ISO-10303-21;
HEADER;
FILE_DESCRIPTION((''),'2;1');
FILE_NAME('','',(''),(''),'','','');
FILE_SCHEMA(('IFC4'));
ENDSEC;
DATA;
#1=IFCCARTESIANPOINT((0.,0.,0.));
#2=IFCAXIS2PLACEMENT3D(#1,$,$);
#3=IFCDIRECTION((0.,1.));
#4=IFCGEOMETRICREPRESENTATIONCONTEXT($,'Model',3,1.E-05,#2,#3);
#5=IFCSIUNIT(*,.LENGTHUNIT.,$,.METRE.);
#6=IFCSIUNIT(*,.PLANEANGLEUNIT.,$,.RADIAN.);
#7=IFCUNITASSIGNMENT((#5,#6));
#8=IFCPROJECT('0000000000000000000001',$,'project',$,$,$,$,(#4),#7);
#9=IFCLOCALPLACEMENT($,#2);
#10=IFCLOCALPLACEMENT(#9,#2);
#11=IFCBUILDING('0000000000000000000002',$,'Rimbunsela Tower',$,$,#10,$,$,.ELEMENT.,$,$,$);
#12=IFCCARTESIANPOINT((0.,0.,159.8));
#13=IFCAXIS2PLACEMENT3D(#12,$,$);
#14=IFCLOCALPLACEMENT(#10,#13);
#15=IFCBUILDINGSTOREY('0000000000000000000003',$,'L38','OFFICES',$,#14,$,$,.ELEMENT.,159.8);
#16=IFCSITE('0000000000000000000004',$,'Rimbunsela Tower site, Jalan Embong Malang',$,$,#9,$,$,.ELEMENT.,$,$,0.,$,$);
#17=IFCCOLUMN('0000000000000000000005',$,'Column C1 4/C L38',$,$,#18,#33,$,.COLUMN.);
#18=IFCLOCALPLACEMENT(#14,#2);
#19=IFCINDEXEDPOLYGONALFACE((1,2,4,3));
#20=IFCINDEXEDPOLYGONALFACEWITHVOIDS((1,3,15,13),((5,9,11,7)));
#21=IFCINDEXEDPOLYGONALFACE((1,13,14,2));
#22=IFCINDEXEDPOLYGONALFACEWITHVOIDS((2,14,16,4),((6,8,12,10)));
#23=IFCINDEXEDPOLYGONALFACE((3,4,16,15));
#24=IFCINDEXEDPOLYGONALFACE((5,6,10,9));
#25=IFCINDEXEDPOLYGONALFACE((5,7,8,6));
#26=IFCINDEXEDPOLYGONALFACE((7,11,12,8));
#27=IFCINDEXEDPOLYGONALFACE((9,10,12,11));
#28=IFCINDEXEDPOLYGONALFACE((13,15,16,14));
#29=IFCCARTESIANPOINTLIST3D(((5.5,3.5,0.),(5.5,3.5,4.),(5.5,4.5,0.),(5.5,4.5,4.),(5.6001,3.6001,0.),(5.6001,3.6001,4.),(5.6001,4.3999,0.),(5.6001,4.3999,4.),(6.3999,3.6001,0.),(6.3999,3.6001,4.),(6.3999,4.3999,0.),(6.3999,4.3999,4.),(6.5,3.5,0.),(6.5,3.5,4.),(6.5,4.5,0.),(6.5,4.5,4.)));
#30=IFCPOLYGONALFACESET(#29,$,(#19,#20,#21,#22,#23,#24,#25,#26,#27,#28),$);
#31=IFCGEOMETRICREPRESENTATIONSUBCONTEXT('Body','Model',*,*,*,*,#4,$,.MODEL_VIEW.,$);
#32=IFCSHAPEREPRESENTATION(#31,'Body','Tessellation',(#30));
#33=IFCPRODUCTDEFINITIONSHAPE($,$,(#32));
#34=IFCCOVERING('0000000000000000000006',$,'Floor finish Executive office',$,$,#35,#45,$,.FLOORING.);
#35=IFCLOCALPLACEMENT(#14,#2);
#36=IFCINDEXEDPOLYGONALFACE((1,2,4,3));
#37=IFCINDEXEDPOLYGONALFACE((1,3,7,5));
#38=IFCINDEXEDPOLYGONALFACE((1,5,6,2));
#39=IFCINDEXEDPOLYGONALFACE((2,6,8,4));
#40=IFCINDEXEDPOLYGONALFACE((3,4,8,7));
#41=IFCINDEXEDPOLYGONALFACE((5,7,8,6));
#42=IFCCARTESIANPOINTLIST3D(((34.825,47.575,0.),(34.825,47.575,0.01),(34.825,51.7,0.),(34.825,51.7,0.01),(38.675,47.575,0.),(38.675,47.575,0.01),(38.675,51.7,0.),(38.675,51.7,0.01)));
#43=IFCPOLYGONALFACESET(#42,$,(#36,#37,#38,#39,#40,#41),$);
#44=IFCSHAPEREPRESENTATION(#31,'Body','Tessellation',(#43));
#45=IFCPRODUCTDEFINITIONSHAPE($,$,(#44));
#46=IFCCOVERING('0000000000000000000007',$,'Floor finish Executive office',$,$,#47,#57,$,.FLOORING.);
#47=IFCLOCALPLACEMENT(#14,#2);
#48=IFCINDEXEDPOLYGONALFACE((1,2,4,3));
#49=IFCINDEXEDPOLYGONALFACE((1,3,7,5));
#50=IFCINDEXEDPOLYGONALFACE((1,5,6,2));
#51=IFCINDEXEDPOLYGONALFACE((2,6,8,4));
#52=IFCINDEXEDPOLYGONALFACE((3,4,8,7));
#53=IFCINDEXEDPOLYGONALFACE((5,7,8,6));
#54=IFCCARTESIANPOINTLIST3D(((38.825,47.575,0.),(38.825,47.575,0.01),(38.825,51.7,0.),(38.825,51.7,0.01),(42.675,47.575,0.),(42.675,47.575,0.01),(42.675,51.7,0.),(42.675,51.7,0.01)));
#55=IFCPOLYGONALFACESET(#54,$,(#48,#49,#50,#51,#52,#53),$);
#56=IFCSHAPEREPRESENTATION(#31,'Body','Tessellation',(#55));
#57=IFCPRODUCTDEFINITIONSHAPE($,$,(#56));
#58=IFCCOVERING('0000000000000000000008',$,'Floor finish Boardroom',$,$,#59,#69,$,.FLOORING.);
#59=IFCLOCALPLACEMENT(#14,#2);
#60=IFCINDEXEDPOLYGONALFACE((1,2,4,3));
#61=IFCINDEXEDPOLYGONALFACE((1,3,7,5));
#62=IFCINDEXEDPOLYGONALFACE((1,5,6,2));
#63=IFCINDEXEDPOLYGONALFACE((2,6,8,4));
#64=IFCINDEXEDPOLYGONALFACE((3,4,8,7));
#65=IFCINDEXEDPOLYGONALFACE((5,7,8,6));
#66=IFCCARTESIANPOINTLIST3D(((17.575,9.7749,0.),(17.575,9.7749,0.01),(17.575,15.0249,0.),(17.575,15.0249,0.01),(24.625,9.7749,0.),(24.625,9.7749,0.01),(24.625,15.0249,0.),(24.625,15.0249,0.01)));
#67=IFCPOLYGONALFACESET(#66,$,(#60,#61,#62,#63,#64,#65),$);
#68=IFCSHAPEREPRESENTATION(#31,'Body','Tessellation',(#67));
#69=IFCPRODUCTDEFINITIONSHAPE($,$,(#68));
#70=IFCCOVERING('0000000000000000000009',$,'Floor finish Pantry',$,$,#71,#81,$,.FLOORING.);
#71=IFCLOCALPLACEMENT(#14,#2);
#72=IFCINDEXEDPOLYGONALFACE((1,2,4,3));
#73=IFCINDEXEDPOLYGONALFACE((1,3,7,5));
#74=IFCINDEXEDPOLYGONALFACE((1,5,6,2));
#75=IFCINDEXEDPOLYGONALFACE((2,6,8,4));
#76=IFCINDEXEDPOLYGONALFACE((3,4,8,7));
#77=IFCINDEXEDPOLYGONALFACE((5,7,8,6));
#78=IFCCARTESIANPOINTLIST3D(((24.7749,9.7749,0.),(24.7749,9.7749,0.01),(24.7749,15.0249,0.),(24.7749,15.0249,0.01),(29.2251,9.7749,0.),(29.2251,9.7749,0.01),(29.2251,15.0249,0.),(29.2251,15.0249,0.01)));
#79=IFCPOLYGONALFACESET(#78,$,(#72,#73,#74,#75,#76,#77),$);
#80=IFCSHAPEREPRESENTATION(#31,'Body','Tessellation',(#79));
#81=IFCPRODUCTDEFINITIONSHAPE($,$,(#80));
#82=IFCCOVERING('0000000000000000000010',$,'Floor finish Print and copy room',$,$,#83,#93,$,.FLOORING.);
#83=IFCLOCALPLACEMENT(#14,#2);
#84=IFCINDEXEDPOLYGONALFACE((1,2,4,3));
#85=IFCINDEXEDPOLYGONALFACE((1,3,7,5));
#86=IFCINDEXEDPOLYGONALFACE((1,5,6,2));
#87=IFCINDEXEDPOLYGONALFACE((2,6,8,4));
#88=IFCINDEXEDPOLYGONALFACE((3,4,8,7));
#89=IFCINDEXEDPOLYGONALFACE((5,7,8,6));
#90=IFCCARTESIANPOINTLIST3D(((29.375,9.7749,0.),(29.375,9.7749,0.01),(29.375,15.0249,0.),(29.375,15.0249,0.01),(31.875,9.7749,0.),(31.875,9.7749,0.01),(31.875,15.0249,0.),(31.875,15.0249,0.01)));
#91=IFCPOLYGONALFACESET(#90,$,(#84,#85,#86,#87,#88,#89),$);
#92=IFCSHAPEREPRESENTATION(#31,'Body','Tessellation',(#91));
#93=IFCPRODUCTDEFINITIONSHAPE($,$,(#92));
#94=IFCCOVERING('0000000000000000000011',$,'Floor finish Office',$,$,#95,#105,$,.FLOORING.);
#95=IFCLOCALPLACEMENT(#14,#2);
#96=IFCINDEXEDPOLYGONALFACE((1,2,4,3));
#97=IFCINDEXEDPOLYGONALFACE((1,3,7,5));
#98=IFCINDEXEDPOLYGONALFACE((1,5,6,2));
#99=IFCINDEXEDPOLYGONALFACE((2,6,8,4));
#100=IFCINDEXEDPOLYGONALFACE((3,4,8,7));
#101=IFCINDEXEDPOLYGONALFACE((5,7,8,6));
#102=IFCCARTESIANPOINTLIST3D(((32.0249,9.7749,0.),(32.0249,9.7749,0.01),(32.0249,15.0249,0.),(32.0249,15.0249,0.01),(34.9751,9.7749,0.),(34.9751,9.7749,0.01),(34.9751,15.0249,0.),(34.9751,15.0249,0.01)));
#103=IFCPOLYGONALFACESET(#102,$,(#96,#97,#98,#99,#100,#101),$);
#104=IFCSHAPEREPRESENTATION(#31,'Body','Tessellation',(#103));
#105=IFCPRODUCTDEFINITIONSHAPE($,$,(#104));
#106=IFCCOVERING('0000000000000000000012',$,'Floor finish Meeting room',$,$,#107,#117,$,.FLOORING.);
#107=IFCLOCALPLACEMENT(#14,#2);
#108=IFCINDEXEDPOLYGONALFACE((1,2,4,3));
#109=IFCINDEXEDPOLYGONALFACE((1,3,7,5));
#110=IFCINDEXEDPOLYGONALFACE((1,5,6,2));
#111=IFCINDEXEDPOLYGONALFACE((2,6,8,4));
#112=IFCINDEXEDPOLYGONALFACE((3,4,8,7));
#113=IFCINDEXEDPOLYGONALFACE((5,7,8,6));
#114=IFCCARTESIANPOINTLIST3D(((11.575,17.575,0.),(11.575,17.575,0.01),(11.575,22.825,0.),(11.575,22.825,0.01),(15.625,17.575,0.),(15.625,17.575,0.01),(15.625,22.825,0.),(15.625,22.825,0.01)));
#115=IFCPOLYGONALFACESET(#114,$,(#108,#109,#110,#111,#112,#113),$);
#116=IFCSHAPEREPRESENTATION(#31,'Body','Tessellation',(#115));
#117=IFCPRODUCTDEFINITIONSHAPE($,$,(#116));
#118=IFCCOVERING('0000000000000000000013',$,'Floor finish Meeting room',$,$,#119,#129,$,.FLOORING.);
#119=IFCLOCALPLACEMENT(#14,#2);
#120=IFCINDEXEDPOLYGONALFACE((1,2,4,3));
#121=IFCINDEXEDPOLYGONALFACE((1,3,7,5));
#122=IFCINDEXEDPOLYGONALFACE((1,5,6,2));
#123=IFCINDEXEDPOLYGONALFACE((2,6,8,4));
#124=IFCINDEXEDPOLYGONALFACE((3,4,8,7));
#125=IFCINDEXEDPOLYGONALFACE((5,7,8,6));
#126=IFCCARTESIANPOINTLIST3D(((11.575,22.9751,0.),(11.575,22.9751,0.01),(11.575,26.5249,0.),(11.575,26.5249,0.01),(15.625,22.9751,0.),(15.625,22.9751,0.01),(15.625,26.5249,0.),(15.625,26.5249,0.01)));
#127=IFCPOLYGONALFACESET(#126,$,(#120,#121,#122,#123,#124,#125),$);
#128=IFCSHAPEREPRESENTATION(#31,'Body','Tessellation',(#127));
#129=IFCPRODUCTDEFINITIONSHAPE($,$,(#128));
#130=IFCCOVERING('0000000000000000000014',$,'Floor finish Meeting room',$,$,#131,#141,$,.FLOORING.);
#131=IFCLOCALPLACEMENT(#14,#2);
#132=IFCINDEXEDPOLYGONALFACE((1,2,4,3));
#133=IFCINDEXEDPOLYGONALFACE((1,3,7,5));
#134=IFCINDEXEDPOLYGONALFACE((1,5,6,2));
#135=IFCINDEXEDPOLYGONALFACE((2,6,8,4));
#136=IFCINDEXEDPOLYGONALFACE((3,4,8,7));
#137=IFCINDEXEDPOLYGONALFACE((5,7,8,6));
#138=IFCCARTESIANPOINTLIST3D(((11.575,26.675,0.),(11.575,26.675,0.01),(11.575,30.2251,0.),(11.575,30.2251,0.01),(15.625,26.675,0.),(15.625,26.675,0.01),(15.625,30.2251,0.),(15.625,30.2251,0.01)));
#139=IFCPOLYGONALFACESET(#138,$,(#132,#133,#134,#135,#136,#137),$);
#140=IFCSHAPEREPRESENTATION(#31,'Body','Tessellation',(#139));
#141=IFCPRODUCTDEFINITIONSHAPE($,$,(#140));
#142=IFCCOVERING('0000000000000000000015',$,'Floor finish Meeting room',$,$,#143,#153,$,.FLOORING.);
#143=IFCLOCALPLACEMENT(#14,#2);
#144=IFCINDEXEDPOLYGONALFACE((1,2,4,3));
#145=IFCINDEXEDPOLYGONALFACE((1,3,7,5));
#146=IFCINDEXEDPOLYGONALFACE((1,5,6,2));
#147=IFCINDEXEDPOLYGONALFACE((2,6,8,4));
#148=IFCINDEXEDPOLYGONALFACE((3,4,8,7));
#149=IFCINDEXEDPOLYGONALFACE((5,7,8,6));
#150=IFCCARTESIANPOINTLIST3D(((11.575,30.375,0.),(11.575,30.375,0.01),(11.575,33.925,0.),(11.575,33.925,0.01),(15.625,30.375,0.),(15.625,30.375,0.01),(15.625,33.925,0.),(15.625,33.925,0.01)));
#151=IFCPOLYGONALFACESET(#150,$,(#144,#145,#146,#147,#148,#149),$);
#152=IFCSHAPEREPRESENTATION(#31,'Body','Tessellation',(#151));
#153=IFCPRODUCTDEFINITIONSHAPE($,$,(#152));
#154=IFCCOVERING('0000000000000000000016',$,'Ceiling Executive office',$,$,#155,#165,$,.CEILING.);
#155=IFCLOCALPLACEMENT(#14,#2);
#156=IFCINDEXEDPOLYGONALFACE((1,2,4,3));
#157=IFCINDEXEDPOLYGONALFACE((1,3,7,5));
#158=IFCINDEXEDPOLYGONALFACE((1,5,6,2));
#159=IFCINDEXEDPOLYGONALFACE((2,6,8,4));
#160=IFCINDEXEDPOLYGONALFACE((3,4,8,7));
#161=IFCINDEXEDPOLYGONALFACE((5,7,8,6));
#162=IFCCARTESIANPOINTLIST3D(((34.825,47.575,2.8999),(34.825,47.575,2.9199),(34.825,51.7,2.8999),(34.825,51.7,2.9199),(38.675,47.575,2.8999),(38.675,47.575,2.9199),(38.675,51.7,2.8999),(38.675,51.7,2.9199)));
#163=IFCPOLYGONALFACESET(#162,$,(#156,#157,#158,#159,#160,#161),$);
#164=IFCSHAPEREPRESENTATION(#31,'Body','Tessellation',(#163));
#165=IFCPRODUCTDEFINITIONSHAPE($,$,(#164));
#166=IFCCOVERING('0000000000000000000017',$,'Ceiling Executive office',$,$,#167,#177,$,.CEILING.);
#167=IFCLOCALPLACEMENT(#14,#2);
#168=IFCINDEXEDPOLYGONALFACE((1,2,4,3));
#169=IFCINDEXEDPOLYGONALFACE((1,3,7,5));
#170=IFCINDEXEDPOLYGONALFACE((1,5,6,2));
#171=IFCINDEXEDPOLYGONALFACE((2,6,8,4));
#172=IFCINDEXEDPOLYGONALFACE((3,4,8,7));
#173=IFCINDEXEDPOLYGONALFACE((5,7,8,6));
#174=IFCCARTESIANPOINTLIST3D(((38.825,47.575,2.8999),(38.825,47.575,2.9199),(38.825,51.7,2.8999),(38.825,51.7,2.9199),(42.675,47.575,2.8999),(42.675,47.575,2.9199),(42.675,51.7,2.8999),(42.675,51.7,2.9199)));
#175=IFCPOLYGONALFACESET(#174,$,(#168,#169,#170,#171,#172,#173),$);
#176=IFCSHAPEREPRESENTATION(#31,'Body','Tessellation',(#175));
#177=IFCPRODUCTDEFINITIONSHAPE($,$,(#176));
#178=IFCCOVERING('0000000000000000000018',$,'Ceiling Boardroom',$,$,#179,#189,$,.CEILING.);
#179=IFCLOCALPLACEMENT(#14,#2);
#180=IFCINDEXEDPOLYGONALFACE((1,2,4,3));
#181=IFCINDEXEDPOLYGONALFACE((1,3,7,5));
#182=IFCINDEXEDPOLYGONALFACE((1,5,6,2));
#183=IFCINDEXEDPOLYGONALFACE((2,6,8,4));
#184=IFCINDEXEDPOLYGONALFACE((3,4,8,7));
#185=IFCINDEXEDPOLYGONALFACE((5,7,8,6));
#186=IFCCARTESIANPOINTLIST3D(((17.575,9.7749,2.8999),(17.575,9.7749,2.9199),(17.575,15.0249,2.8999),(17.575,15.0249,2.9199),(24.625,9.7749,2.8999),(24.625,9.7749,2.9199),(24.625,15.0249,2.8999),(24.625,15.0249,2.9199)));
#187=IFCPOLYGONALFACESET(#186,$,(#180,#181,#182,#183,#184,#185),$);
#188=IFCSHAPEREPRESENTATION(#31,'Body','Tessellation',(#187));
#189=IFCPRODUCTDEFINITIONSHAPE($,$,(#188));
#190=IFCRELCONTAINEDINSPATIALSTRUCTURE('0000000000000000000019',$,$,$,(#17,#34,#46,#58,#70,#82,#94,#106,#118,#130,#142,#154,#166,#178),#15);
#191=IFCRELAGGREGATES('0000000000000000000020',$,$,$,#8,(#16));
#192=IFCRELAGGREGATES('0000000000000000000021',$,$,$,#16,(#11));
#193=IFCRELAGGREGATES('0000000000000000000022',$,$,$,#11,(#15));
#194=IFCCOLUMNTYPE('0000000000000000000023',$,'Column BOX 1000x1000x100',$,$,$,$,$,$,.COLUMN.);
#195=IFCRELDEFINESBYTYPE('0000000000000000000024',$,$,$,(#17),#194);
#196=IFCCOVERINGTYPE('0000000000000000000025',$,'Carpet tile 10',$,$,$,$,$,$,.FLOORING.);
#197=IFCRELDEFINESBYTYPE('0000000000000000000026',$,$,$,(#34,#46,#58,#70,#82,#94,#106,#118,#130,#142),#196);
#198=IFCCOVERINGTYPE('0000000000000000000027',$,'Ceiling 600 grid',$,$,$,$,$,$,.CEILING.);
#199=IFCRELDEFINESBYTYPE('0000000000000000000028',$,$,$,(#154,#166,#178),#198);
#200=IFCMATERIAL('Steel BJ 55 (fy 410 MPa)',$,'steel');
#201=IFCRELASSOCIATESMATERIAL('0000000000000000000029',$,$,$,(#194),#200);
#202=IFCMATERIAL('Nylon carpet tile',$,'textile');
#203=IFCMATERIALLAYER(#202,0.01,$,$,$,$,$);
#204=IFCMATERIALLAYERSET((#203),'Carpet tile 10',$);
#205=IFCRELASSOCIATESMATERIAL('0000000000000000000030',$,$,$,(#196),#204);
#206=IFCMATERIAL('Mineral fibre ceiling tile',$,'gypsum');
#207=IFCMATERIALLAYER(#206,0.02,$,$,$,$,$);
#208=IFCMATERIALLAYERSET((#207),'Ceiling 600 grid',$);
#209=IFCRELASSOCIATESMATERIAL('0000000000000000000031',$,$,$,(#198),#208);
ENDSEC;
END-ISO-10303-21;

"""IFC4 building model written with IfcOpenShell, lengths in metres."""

from ifc_helpers import new_model, si_unit, direction, frame, origin, origin_2d, place, context, subcontext, project, spatial, polyline, hollow_rectangle, outline, extrude, material, layer, layer_set, material_profile, profile_set, type_object, element, save


model = new_model("IFC4")

# Units and contexts
model_context = context("Model", 3, precision=1e-05, world=origin(), true_north=direction((0.0, 1.0)))
body_context = subcontext(model_context, "Body", "Model", "MODEL_VIEW")
ifc_project = project(units=[si_unit("LENGTHUNIT", "METRE"), si_unit("PLANEANGLEUNIT", "RADIAN")], contexts=[model_context])

# Site, building, storey
site_placement = place(None, origin())
site = spatial("IfcSite", under=ifc_project, at=site_placement, Name="Rimbunsela Tower site, Jalan Embong Malang", CompositionType="ELEMENT", RefElevation=0.0)
building_placement = place(site_placement, origin())
building = spatial("IfcBuilding", under=site, at=building_placement, Name="Rimbunsela Tower", CompositionType="ELEMENT")
storey_placement = place(building_placement, frame((0.0, 0.0, 159.8)))
storey = spatial("IfcBuildingStorey", under=building, at=storey_placement, Name="L38", Description="OFFICES", CompositionType="ELEMENT", Elevation=159.8)

# Column
ifc_material_1 = material(Name="Steel BJ 55 (fy 410 MPa)", Category="steel")
ifc_material_profile = material_profile(ifc_material_1, hollow_rectangle(XDim=1.0, YDim=1.0, WallThickness=0.1001, at=origin_2d()), Name="BOX 1000x1000x100")
ifc_profile_set = profile_set([ifc_material_profile], Name="Steel BJ 55 (fy 410 MPa)")
column_type = type_object("IfcColumnType", Name="Column BOX 1000x1000x100", PredefinedType="COLUMN", material=ifc_profile_set)
column_placement = place(storey_placement, frame((6.0, 4.0, 0.0), z_axis=(0.0, 0.0, 1.0), x_axis=(1.0, 0.0, 0.0)))
element("IfcColumn", 1, at=column_placement, inside=storey, type_object=column_type, Name="Column C1 4/C L38", PredefinedType="COLUMN", context=body_context, shape_type="SweptSolid", body=[
    extrude(hollow_rectangle(XDim=1.0, YDim=1.0, WallThickness=0.1001, at=origin_2d()), origin(), (0.0, 0.0, 1.0), 4.0),
])

# Coverings
ifc_material_2 = material(Name="Nylon carpet tile", Category="textile")
ifc_layer_1 = layer(ifc_material_2, 0.01)
ifc_layer_set_1 = layer_set([ifc_layer_1], Name="Carpet tile 10")
covering_type_1 = type_object("IfcCoveringType", Name="Carpet tile 10", PredefinedType="FLOORING", material=ifc_layer_set_1)
covering_1_placement = place(storey_placement, origin())
element("IfcCovering", 2, at=covering_1_placement, inside=storey, type_object=covering_type_1, Name="Floor finish Executive office", PredefinedType="FLOORING", context=body_context, shape_type="SweptSolid", body=[
    extrude(outline(polyline([(38.675, 47.575), (38.675, 51.7), (34.825, 51.7), (34.825, 47.575), (38.675, 47.575)])), origin(), (0.0, 0.0, 1.0), 0.01),
])
covering_2_placement = place(storey_placement, origin())
element("IfcCovering", 3, at=covering_2_placement, inside=storey, type_object=covering_type_1, Name="Floor finish Executive office", PredefinedType="FLOORING", context=body_context, shape_type="SweptSolid", body=[
    extrude(outline(polyline([(42.675, 47.575), (42.675, 51.7), (38.825, 51.7), (38.825, 47.575), (42.675, 47.575)])), origin(), (0.0, 0.0, 1.0), 0.01),
])
covering_3_placement = place(storey_placement, origin())
element("IfcCovering", 4, at=covering_3_placement, inside=storey, type_object=covering_type_1, Name="Floor finish Boardroom", PredefinedType="FLOORING", context=body_context, shape_type="SweptSolid", body=[
    extrude(outline(polyline([(24.625, 9.7749), (24.625, 15.0249), (17.575, 15.0249), (17.575, 9.7749), (24.625, 9.7749)])), origin(), (0.0, 0.0, 1.0), 0.01),
])
covering_4_placement = place(storey_placement, origin())
element("IfcCovering", 5, at=covering_4_placement, inside=storey, type_object=covering_type_1, Name="Floor finish Pantry", PredefinedType="FLOORING", context=body_context, shape_type="SweptSolid", body=[
    extrude(outline(polyline([(29.2251, 9.7749), (29.2251, 15.0249), (24.7749, 15.0249), (24.7749, 9.7749), (29.2251, 9.7749)])), origin(), (0.0, 0.0, 1.0), 0.01),
])
covering_5_placement = place(storey_placement, origin())
element("IfcCovering", 6, at=covering_5_placement, inside=storey, type_object=covering_type_1, Name="Floor finish Print and copy room", PredefinedType="FLOORING", context=body_context, shape_type="SweptSolid", body=[
    extrude(outline(polyline([(31.875, 9.7749), (31.875, 15.0249), (29.375, 15.0249), (29.375, 9.7749), (31.875, 9.7749)])), origin(), (0.0, 0.0, 1.0), 0.01),
])
covering_6_placement = place(storey_placement, origin())
element("IfcCovering", 7, at=covering_6_placement, inside=storey, type_object=covering_type_1, Name="Floor finish Office", PredefinedType="FLOORING", context=body_context, shape_type="SweptSolid", body=[
    extrude(outline(polyline([(34.9751, 9.7749), (34.9751, 15.0249), (32.0249, 15.0249), (32.0249, 9.7749), (34.9751, 9.7749)])), origin(), (0.0, 0.0, 1.0), 0.01),
])
covering_7_placement = place(storey_placement, origin())
element("IfcCovering", 8, at=covering_7_placement, inside=storey, type_object=covering_type_1, Name="Floor finish Meeting room", PredefinedType="FLOORING", context=body_context, shape_type="SweptSolid", body=[
    extrude(outline(polyline([(15.625, 17.575), (15.625, 22.825), (11.575, 22.825), (11.575, 17.575), (15.625, 17.575)])), origin(), (0.0, 0.0, 1.0), 0.01),
])
covering_8_placement = place(storey_placement, origin())
element("IfcCovering", 9, at=covering_8_placement, inside=storey, type_object=covering_type_1, Name="Floor finish Meeting room", PredefinedType="FLOORING", context=body_context, shape_type="SweptSolid", body=[
    extrude(outline(polyline([(15.625, 22.9751), (15.625, 26.5249), (11.575, 26.5249), (11.575, 22.9751), (15.625, 22.9751)])), origin(), (0.0, 0.0, 1.0), 0.01),
])
covering_9_placement = place(storey_placement, origin())
element("IfcCovering", 10, at=covering_9_placement, inside=storey, type_object=covering_type_1, Name="Floor finish Meeting room", PredefinedType="FLOORING", context=body_context, shape_type="SweptSolid", body=[
    extrude(outline(polyline([(15.625, 26.675), (15.625, 30.2251), (11.575, 30.2251), (11.575, 26.675), (15.625, 26.675)])), origin(), (0.0, 0.0, 1.0), 0.01),
])
covering_10_placement = place(storey_placement, origin())
element("IfcCovering", 11, at=covering_10_placement, inside=storey, type_object=covering_type_1, Name="Floor finish Meeting room", PredefinedType="FLOORING", context=body_context, shape_type="SweptSolid", body=[
    extrude(outline(polyline([(15.625, 30.375), (15.625, 33.925), (11.575, 33.925), (11.575, 30.375), (15.625, 30.375)])), origin(), (0.0, 0.0, 1.0), 0.01),
])
ifc_material_3 = material(Name="Mineral fibre ceiling tile", Category="gypsum")
ifc_layer_2 = layer(ifc_material_3, 0.02)
ifc_layer_set_2 = layer_set([ifc_layer_2], Name="Ceiling 600 grid")
covering_type_2 = type_object("IfcCoveringType", Name="Ceiling 600 grid", PredefinedType="CEILING", material=ifc_layer_set_2)
covering_11_placement = place(storey_placement, frame((0.0, 0.0, 2.8999)))
element("IfcCovering", 12, at=covering_11_placement, inside=storey, type_object=covering_type_2, Name="Ceiling Executive office", PredefinedType="CEILING", context=body_context, shape_type="SweptSolid", body=[
    extrude(outline(polyline([(38.675, 47.575), (38.675, 51.7), (34.825, 51.7), (34.825, 47.575), (38.675, 47.575)])), origin(), (0.0, 0.0, 1.0), 0.02),
])
covering_12_placement = place(storey_placement, frame((0.0, 0.0, 2.8999)))
element("IfcCovering", 13, at=covering_12_placement, inside=storey, type_object=covering_type_2, Name="Ceiling Executive office", PredefinedType="CEILING", context=body_context, shape_type="SweptSolid", body=[
    extrude(outline(polyline([(42.675, 47.575), (42.675, 51.7), (38.825, 51.7), (38.825, 47.575), (42.675, 47.575)])), origin(), (0.0, 0.0, 1.0), 0.02),
])
covering_13_placement = place(storey_placement, frame((0.0, 0.0, 2.8999)))
element("IfcCovering", 14, at=covering_13_placement, inside=storey, type_object=covering_type_2, Name="Ceiling Boardroom", PredefinedType="CEILING", context=body_context, shape_type="SweptSolid", body=[
    extrude(outline(polyline([(24.625, 9.7749), (24.625, 15.0249), (17.575, 15.0249), (17.575, 9.7749), (24.625, 9.7749)])), origin(), (0.0, 0.0, 1.0), 0.02),
])

save(model, "model.ifc")
